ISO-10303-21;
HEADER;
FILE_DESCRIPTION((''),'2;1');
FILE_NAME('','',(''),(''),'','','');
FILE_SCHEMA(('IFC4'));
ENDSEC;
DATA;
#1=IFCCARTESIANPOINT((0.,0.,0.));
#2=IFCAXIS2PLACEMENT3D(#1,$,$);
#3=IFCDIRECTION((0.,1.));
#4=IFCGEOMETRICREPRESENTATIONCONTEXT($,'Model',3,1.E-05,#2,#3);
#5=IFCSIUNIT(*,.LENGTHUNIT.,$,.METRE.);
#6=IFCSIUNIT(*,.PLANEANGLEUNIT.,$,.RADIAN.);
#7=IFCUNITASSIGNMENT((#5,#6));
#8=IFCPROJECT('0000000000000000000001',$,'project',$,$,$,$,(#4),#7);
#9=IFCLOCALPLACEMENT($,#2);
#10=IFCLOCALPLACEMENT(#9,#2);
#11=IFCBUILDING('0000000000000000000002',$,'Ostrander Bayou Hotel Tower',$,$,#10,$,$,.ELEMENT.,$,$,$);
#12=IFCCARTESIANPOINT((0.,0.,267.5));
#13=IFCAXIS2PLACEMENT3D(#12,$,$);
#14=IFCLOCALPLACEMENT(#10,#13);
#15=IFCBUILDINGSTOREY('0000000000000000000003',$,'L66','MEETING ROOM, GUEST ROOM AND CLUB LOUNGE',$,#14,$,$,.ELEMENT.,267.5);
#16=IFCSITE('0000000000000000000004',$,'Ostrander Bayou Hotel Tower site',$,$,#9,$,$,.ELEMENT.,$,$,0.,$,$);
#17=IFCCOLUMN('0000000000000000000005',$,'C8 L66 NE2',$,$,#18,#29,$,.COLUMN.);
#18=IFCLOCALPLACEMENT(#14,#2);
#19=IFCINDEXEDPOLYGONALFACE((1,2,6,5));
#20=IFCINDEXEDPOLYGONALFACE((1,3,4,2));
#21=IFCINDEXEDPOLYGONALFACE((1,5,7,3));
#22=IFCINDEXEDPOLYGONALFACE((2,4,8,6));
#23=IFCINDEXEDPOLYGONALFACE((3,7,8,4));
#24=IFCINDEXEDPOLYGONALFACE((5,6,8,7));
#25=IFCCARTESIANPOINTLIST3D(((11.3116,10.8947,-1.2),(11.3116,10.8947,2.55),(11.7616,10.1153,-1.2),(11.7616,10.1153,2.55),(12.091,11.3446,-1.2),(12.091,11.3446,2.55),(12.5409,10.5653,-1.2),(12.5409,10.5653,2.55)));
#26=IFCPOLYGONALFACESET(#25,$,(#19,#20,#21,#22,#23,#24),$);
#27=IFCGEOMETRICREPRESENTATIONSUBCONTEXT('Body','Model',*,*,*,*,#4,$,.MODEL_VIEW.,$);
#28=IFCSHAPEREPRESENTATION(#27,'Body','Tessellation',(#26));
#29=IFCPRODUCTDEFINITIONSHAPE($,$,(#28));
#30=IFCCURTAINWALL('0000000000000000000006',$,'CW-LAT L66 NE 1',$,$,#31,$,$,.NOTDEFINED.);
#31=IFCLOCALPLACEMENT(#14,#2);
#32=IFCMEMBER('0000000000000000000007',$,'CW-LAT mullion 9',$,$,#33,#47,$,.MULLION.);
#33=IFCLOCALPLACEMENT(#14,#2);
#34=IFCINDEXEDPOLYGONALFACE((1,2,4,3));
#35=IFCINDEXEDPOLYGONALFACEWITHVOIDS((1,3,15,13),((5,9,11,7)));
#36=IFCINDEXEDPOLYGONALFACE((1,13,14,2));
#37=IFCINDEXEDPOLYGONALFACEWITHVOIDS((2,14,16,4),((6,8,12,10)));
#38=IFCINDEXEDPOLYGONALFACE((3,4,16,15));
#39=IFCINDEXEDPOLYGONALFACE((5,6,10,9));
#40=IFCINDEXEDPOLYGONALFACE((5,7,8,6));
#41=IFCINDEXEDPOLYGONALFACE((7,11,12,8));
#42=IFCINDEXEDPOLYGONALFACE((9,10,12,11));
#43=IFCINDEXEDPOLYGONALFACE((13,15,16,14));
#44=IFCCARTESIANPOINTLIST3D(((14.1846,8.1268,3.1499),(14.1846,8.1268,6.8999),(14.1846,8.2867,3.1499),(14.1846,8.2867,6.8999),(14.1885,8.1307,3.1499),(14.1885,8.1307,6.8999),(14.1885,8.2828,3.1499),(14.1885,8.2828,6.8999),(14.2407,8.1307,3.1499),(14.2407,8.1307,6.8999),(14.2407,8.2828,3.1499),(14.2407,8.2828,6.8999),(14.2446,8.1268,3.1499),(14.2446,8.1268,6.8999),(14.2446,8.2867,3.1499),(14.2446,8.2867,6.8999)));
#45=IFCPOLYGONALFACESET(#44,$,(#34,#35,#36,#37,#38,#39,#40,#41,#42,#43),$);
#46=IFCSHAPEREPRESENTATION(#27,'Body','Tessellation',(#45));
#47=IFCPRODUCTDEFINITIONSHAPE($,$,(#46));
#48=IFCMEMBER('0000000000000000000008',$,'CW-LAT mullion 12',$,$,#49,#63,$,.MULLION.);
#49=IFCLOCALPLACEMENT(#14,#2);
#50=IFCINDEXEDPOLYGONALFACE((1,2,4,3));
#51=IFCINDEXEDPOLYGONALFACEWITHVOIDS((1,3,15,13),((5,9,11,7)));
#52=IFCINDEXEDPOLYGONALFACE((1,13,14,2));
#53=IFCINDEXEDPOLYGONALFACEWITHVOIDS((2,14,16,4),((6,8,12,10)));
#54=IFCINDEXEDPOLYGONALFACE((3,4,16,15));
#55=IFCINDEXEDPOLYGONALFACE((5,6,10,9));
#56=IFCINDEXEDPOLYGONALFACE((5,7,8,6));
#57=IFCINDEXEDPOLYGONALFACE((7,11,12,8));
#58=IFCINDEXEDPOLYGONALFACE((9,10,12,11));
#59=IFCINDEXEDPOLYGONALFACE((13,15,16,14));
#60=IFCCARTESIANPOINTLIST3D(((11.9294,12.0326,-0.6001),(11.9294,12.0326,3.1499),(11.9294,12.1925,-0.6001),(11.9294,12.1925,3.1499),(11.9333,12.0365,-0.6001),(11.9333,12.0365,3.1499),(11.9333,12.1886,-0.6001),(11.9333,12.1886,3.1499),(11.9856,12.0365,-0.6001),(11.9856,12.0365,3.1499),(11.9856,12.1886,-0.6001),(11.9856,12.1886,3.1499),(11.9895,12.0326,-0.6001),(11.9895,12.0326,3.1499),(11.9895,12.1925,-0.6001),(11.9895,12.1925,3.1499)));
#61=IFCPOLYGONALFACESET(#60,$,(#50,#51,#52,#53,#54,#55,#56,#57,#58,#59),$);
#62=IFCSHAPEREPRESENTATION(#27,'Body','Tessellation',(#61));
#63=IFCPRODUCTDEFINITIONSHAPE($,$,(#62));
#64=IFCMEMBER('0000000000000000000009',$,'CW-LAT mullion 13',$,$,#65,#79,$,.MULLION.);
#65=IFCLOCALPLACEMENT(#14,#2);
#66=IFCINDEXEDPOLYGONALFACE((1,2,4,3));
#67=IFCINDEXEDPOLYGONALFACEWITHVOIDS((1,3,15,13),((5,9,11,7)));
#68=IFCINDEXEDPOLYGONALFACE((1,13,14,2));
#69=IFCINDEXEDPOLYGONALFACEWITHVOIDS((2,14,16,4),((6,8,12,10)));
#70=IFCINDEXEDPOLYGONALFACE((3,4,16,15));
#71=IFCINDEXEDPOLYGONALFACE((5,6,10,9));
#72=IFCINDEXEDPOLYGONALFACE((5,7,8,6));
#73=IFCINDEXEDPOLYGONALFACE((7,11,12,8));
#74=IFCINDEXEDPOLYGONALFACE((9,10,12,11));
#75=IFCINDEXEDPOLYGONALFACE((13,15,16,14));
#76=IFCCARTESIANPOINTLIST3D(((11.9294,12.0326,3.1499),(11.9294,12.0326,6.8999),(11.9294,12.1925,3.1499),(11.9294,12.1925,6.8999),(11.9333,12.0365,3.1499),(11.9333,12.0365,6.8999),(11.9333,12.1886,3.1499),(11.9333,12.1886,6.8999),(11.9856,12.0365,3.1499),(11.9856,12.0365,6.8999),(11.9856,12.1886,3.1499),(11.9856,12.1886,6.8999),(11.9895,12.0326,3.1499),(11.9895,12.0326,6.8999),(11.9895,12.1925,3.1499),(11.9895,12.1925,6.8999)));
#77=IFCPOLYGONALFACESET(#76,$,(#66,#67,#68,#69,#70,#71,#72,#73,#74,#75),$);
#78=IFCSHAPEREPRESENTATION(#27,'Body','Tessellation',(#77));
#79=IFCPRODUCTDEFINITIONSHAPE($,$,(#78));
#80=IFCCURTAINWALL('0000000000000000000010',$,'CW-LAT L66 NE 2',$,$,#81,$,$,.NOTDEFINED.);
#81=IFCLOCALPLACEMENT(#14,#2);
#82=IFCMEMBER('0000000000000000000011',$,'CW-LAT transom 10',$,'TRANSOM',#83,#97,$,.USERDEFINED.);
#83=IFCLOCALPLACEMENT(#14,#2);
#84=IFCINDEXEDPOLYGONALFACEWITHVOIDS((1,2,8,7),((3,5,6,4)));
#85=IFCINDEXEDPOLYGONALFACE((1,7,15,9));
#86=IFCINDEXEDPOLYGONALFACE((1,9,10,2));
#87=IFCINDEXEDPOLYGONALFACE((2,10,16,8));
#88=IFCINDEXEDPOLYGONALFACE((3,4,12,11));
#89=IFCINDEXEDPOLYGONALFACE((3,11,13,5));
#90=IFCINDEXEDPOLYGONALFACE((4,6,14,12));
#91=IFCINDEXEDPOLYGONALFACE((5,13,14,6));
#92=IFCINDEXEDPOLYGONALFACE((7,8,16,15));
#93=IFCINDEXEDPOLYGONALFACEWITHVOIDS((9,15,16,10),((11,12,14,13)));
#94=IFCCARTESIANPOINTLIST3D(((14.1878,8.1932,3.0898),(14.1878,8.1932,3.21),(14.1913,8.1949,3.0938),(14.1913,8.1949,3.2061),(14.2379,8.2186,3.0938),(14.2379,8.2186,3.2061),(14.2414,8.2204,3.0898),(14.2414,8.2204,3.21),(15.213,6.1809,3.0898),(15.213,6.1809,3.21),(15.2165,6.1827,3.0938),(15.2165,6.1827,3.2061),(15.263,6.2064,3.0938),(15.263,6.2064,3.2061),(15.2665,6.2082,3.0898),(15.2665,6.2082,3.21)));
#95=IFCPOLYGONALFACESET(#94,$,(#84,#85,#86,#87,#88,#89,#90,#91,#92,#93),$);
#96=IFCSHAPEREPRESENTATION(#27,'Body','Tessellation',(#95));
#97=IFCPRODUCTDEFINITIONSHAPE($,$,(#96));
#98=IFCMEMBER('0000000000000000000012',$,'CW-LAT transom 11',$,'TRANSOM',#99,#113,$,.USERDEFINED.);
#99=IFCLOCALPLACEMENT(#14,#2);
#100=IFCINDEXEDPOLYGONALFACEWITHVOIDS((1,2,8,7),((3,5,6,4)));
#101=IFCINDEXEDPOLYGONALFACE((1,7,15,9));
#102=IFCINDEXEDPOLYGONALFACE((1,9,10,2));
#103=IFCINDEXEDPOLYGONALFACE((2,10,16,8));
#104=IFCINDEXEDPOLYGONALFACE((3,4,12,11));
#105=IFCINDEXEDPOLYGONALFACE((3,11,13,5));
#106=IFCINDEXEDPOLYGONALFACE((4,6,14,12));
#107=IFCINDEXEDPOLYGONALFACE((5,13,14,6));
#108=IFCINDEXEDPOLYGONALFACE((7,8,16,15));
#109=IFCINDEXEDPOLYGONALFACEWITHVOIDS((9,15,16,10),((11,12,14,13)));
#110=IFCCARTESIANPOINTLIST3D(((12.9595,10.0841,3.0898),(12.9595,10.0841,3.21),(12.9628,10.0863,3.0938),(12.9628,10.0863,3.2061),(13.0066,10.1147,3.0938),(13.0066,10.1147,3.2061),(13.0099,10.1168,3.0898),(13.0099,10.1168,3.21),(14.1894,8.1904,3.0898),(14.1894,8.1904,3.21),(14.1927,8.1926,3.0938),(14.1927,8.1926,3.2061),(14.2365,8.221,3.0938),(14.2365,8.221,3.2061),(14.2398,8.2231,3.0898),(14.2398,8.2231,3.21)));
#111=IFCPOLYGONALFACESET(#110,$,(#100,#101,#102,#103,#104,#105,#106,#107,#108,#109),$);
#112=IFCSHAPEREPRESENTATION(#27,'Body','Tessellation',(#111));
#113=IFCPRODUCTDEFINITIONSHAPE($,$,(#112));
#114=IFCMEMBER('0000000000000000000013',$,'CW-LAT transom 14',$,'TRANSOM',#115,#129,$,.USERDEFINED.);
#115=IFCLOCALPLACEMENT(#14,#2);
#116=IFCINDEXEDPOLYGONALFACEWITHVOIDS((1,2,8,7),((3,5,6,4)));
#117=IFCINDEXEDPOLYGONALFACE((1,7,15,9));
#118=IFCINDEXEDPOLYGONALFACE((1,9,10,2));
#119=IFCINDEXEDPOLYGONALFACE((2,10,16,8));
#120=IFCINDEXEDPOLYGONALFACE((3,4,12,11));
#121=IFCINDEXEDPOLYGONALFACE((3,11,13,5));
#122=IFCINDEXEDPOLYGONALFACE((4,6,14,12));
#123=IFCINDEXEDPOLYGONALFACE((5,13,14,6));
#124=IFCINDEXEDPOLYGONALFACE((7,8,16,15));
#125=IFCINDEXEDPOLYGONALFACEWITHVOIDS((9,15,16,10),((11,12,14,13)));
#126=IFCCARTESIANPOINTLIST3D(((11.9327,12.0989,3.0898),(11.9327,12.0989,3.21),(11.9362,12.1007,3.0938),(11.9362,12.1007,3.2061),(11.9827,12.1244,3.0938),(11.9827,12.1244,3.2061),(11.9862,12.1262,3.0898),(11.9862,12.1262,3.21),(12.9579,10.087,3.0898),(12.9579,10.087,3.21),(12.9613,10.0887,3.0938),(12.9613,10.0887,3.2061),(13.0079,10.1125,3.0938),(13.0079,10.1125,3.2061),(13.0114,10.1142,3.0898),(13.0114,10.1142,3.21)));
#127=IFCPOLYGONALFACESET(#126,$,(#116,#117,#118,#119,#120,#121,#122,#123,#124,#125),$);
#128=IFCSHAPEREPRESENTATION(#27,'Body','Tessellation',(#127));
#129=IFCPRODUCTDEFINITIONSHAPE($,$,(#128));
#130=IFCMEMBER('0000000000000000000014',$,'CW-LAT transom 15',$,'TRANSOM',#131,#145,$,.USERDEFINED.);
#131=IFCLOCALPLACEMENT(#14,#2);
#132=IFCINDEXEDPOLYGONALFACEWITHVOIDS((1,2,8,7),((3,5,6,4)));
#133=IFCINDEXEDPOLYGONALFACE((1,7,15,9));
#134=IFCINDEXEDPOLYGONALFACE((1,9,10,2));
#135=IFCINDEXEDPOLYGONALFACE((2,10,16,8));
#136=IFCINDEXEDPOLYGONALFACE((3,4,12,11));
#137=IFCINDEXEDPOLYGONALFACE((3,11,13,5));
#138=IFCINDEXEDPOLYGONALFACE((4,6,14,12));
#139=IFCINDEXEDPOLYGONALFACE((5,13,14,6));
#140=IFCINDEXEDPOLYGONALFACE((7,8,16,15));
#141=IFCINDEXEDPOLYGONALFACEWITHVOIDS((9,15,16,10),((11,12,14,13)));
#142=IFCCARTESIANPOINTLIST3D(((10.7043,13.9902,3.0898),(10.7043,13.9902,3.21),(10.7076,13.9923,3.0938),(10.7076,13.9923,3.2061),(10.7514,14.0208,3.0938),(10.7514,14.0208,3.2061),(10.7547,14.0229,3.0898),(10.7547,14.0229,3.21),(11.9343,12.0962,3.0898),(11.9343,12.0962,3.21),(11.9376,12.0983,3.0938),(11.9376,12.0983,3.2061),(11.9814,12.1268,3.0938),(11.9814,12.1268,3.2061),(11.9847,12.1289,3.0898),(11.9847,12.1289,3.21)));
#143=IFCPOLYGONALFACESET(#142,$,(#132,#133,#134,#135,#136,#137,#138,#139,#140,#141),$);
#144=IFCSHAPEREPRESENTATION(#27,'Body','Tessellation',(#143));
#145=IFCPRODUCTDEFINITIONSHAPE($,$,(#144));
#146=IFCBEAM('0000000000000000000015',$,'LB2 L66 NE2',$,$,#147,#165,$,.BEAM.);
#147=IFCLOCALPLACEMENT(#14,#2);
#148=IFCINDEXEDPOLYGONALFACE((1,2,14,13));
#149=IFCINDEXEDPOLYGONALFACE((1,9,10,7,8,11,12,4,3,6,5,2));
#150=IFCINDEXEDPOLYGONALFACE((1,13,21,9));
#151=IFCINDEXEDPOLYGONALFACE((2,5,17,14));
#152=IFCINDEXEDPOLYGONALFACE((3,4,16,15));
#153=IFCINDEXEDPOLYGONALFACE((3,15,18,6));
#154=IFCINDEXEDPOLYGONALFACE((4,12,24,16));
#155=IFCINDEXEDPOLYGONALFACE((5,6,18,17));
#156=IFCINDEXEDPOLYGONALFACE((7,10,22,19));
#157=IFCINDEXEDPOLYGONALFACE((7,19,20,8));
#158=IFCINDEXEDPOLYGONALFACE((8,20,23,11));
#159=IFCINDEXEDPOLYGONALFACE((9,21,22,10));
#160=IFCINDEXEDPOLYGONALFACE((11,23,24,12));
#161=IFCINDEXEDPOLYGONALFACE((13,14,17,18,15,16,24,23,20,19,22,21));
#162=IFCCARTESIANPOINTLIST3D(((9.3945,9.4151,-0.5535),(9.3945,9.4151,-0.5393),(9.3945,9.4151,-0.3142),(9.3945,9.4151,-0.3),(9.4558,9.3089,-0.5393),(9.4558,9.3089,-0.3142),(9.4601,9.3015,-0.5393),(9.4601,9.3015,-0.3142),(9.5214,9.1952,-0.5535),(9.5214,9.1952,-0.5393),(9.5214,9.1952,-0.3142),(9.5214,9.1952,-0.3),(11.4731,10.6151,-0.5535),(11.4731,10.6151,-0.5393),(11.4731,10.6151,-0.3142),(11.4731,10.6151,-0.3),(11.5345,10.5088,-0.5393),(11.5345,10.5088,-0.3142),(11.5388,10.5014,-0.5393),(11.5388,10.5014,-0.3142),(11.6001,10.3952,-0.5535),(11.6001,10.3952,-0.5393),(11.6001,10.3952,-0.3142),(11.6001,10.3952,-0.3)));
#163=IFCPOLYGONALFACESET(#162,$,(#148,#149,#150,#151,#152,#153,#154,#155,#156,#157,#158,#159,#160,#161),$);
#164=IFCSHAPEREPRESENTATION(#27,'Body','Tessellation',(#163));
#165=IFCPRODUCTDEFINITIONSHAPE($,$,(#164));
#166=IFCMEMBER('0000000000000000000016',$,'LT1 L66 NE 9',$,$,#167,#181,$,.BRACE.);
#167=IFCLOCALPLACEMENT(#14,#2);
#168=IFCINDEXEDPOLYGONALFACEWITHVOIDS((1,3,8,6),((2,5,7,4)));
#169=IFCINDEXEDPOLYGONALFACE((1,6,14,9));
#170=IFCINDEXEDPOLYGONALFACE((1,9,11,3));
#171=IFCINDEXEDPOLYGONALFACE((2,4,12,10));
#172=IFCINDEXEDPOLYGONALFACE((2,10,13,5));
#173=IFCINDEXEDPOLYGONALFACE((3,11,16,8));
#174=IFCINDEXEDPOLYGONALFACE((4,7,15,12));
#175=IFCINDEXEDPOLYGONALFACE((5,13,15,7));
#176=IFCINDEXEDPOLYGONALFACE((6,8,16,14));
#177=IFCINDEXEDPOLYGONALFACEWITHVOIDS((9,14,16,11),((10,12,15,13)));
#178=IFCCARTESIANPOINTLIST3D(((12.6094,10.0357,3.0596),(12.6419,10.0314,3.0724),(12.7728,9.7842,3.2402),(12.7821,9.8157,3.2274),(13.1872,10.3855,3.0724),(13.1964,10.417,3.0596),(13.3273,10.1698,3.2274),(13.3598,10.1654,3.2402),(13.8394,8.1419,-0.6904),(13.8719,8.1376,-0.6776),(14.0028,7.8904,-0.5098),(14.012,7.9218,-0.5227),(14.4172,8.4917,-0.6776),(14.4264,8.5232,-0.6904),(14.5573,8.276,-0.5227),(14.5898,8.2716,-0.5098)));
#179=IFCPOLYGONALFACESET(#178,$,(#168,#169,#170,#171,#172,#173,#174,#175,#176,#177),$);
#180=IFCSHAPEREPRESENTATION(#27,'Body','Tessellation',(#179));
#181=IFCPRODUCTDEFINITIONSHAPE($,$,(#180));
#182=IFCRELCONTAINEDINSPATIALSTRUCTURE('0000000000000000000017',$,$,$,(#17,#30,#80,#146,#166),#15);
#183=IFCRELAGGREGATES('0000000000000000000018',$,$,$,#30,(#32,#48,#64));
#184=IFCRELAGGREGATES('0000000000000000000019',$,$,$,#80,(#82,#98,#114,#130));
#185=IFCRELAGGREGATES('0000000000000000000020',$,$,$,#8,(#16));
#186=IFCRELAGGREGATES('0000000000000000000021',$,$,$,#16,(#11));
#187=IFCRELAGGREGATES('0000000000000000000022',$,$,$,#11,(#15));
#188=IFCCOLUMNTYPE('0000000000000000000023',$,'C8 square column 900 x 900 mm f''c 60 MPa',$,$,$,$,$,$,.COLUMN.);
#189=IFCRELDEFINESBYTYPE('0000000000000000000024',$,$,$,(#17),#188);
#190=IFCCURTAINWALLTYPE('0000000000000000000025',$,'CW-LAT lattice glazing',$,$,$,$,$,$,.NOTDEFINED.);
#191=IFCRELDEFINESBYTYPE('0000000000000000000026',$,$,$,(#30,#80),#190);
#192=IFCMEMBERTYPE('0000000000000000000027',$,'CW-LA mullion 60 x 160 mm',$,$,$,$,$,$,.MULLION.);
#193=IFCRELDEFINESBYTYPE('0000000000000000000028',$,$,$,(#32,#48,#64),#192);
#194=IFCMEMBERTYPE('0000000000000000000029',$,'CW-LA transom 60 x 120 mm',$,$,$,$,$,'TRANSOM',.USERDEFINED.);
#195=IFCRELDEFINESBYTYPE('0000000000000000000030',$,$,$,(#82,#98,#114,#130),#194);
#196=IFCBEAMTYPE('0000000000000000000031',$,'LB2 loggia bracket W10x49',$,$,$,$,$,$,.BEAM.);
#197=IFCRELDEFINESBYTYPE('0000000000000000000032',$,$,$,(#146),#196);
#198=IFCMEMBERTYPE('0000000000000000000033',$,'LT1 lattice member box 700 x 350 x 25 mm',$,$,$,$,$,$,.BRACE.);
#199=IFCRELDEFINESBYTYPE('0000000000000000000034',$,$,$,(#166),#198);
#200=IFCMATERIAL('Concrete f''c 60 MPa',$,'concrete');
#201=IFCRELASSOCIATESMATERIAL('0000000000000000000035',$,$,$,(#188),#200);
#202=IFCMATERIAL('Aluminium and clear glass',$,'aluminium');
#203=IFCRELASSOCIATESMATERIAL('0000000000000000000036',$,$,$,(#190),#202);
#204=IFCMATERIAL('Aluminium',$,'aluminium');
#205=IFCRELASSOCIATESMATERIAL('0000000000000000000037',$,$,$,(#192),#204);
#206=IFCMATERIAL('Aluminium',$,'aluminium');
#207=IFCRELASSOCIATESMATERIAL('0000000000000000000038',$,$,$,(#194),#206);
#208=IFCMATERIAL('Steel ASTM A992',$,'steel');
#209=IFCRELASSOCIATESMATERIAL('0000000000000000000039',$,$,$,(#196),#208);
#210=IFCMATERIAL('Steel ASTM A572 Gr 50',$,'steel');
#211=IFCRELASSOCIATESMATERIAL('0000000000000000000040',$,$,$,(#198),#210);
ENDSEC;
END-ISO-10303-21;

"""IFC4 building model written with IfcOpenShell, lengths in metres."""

from ifc_helpers import new_model, si_unit, direction, frame, origin, origin_2d, place, context, subcontext, project, spatial, rectangle, hollow_rectangle, i_section, extrude, material, material_profile, profile_set, type_object, element, aggregate, save


model = new_model("IFC4")

# Units and contexts
model_context = context("Model", 3, precision=1e-05, world=origin(), true_north=direction((0.0, 1.0)))
body_context = subcontext(model_context, "Body", "Model", "MODEL_VIEW")
ifc_project = project(units=[si_unit("LENGTHUNIT", "METRE"), si_unit("PLANEANGLEUNIT", "RADIAN")], contexts=[model_context])

# Site, building, storey
site_placement = place(None, origin())
site = spatial("IfcSite", under=ifc_project, at=site_placement, Name="Ostrander Bayou Hotel Tower site", CompositionType="ELEMENT", RefElevation=0.0)
building_placement = place(site_placement, origin())
building = spatial("IfcBuilding", under=site, at=building_placement, Name="Ostrander Bayou Hotel Tower", CompositionType="ELEMENT")
storey_placement = place(building_placement, frame((0.0, 0.0, 267.5)))
storey = spatial("IfcBuildingStorey", under=building, at=storey_placement, Name="L66", Description="MEETING ROOM, GUEST ROOM AND CLUB LOUNGE", CompositionType="ELEMENT", Elevation=267.5)

# Column
ifc_material_1 = material(Name="Concrete f'c 60 MPa", Category="concrete")
ifc_material_profile_1 = material_profile(ifc_material_1, rectangle(XDim=0.8999, YDim=0.8999, at=origin_2d()))
ifc_profile_set_1 = profile_set([ifc_material_profile_1], Name="Concrete f'c 60 MPa")
column_type = type_object("IfcColumnType", Name="C8 square column 900 x 900 mm f'c 60 MPa", PredefinedType="COLUMN", material=ifc_profile_set_1)
column_placement = place(storey_placement, frame((11.9263, 10.73, -1.2), z_axis=(0.0, 0.0, 1.0), x_axis=(0.5, -0.866025, 0.0)))
element("IfcColumn", 1, at=column_placement, inside=storey, type_object=column_type, Name="C8 L66 NE2", PredefinedType="COLUMN", context=body_context, shape_type="SweptSolid", body=[
    extrude(rectangle(XDim=0.8999, YDim=0.8999, at=origin_2d()), origin(), (0.0, 0.0, 1.0), 3.75),
])

# Curtain walls, members
ifc_material_2 = material(Name="Aluminium and clear glass", Category="aluminium")
curtain_wall_type = type_object("IfcCurtainWallType", Name="CW-LAT lattice glazing", PredefinedType="NOTDEFINED", material=ifc_material_2)
curtain_wall_1_placement = place(storey_placement, origin())
curtain_wall_1 = element("IfcCurtainWall", 2, at=curtain_wall_1_placement, inside=storey, type_object=curtain_wall_type, Name="CW-LAT L66 NE 1", PredefinedType="NOTDEFINED")
ifc_material_3 = material(Name="Aluminium", Category="aluminium")
ifc_material_profile_2 = material_profile(ifc_material_3, hollow_rectangle(XDim=0.0601, YDim=0.1599, WallThickness=0.0039, at=origin_2d()))
ifc_profile_set_2 = profile_set([ifc_material_profile_2], Name="Aluminium")
member_type_1 = type_object("IfcMemberType", Name="CW-LA mullion 60 x 160 mm", PredefinedType="MULLION", material=ifc_profile_set_2)
member_1_placement = place(storey_placement, frame((14.2146, 8.2068, 3.1499), z_axis=(0.0, 0.0, 1.0), x_axis=(1.0, 0.0, 0.0)))
member_1 = element("IfcMember", 3, at=member_1_placement, type_object=member_type_1, Name="CW-LAT mullion 9", PredefinedType="MULLION", context=body_context, shape_type="SweptSolid", body=[
    extrude(hollow_rectangle(XDim=0.0601, YDim=0.1599, WallThickness=0.0039, at=origin_2d()), origin(), (0.0, 0.0, 1.0), 3.75),
])
member_2_placement = place(storey_placement, frame((11.9595, 12.1125, -0.6001), z_axis=(0.0, 0.0, 1.0), x_axis=(1.0, 0.0, 0.0)))
member_2 = element("IfcMember", 4, at=member_2_placement, type_object=member_type_1, Name="CW-LAT mullion 12", PredefinedType="MULLION", context=body_context, shape_type="SweptSolid", body=[
    extrude(hollow_rectangle(XDim=0.0601, YDim=0.1599, WallThickness=0.0039, at=origin_2d()), origin(), (0.0, 0.0, 1.0), 3.75),
])
member_3_placement = place(storey_placement, frame((11.9595, 12.1125, 3.1499), z_axis=(0.0, 0.0, 1.0), x_axis=(1.0, 0.0, 0.0)))
member_3 = element("IfcMember", 5, at=member_3_placement, type_object=member_type_1, Name="CW-LAT mullion 13", PredefinedType="MULLION", context=body_context, shape_type="SweptSolid", body=[
    extrude(hollow_rectangle(XDim=0.0601, YDim=0.1599, WallThickness=0.0039, at=origin_2d()), origin(), (0.0, 0.0, 1.0), 3.75),
])
curtain_wall_2_placement = place(storey_placement, origin())
curtain_wall_2 = element("IfcCurtainWall", 6, at=curtain_wall_2_placement, inside=storey, type_object=curtain_wall_type, Name="CW-LAT L66 NE 2", PredefinedType="NOTDEFINED")
ifc_material_4 = material(Name="Aluminium", Category="aluminium")
ifc_material_profile_3 = material_profile(ifc_material_4, hollow_rectangle(XDim=0.0601, YDim=0.1201, WallThickness=0.0039, at=origin_2d()))
ifc_profile_set_3 = profile_set([ifc_material_profile_3], Name="Aluminium")
member_type_2 = type_object("IfcMemberType", Name="CW-LA transom 60 x 120 mm", ElementType="TRANSOM", PredefinedType="USERDEFINED", material=ifc_profile_set_3)
member_4_placement = place(storey_placement, frame((14.2146, 8.2068, 3.1499), z_axis=(0.453947, -0.891029, 0.0), x_axis=(0.891029, 0.453947, 0.0)))
member_4 = element("IfcMember", 7, at=member_4_placement, type_object=member_type_2, Name="CW-LAT transom 10", ObjectType="TRANSOM", PredefinedType="USERDEFINED", context=body_context, shape_type="SweptSolid", body=[
    extrude(hollow_rectangle(XDim=0.0601, YDim=0.1201, WallThickness=0.0039, at=origin_2d()), origin(), (0.0, 0.0, 1.0), 2.2583),
])
member_5_placement = place(storey_placement, frame((14.2146, 8.2068, 3.1499), z_axis=(-0.544681, 0.838644, 0.0), x_axis=(-0.838644, -0.544681, 0.0)))
member_5 = element("IfcMember", 8, at=member_5_placement, type_object=member_type_2, Name="CW-LAT transom 11", ObjectType="TRANSOM", PredefinedType="USERDEFINED", context=body_context, shape_type="SweptSolid", body=[
    extrude(hollow_rectangle(XDim=0.0601, YDim=0.1201, WallThickness=0.0039, at=origin_2d()), origin(), (0.0, 0.0, 1.0), 2.2581),
])
member_6_placement = place(storey_placement, frame((11.9595, 12.1125, 3.1499), z_axis=(0.453991, -0.891006, 0.0), x_axis=(0.891006, 0.453991, 0.0)))
member_6 = element("IfcMember", 9, at=member_6_placement, type_object=member_type_2, Name="CW-LAT transom 14", ObjectType="TRANSOM", PredefinedType="USERDEFINED", context=body_context, shape_type="SweptSolid", body=[
    extrude(hollow_rectangle(XDim=0.0601, YDim=0.1201, WallThickness=0.0039, at=origin_2d()), origin(), (0.0, 0.0, 1.0), 2.2581),
])
member_7_placement = place(storey_placement, frame((11.9595, 12.1125, 3.1499), z_axis=(-0.544631, 0.838676, 0.0), x_axis=(-0.838676, -0.544631, 0.0)))
member_7 = element("IfcMember", 10, at=member_7_placement, type_object=member_type_2, Name="CW-LAT transom 15", ObjectType="TRANSOM", PredefinedType="USERDEFINED", context=body_context, shape_type="SweptSolid", body=[
    extrude(hollow_rectangle(XDim=0.0601, YDim=0.1201, WallThickness=0.0039, at=origin_2d()), origin(), (0.0, 0.0, 1.0), 2.2583),
])

# Beam
ifc_material_5 = material(Name="Steel ASTM A992", Category="steel")
ifc_material_profile_4 = material_profile(ifc_material_5, i_section(OverallWidth=0.2539, OverallDepth=0.2534, WebThickness=0.0085, FlangeThickness=0.0142, at=origin_2d()))
ifc_profile_set_4 = profile_set([ifc_material_profile_4], Name="Steel ASTM A992")
beam_type_1 = type_object("IfcBeamType", Name="LB2 loggia bracket W10x49", PredefinedType="BEAM", material=ifc_profile_set_4)
beam_1_placement = place(storey_placement, frame((11.5366, 10.5051, -0.4268), z_axis=(-0.86605, -0.499957, 0.0), x_axis=(0.499957, -0.86605, 0.0)))
element("IfcBeam", 11, at=beam_1_placement, inside=storey, type_object=beam_type_1, Name="LB2 L66 NE2", PredefinedType="BEAM", context=body_context, shape_type="SweptSolid", body=[
    extrude(i_section(OverallWidth=0.2539, OverallDepth=0.2534, WebThickness=0.0085, FlangeThickness=0.0142, at=origin_2d()), origin(), (0.0, 0.0, 1.0), 2.4001),
])

# Member
ifc_material_6 = material(Name="Steel ASTM A572 Gr 50", Category="steel")
ifc_material_profile_5 = material_profile(ifc_material_6, hollow_rectangle(XDim=0.7, YDim=0.3501, WallThickness=0.0249, at=origin_2d()))
ifc_profile_set_5 = profile_set([ifc_material_profile_5], Name="Steel ASTM A572 Gr 50")
member_type_3 = type_object("IfcMemberType", Name="LT1 lattice member box 700 x 350 x 25 mm", PredefinedType="BRACE", material=ifc_profile_set_5)
for number, where, z_axis, x_axis, name in (
    (12, (12.9846, 10.1006, 3.1499), (0.280983, -0.432629, -0.856669), (0.838644, 0.544681, 0.0), "LT1 L66 NE 9"),
):
    element("IfcMember", number, at=place(storey_placement, frame(where, z_axis=z_axis, x_axis=x_axis)), inside=storey, type_object=member_type_3, Name=name, PredefinedType="BRACE", context=body_context, shape_type="SweptSolid", body=[
        extrude(hollow_rectangle(XDim=0.7, YDim=0.3501, WallThickness=0.0249, at=origin_2d()), origin(), (0.0, 0.0, 1.0), 4.3774),
    ])

aggregate(curtain_wall_1, [member_1, member_2, member_3])
aggregate(curtain_wall_2, [member_4, member_5, member_6, member_7])

save(model, "model.ifc")
